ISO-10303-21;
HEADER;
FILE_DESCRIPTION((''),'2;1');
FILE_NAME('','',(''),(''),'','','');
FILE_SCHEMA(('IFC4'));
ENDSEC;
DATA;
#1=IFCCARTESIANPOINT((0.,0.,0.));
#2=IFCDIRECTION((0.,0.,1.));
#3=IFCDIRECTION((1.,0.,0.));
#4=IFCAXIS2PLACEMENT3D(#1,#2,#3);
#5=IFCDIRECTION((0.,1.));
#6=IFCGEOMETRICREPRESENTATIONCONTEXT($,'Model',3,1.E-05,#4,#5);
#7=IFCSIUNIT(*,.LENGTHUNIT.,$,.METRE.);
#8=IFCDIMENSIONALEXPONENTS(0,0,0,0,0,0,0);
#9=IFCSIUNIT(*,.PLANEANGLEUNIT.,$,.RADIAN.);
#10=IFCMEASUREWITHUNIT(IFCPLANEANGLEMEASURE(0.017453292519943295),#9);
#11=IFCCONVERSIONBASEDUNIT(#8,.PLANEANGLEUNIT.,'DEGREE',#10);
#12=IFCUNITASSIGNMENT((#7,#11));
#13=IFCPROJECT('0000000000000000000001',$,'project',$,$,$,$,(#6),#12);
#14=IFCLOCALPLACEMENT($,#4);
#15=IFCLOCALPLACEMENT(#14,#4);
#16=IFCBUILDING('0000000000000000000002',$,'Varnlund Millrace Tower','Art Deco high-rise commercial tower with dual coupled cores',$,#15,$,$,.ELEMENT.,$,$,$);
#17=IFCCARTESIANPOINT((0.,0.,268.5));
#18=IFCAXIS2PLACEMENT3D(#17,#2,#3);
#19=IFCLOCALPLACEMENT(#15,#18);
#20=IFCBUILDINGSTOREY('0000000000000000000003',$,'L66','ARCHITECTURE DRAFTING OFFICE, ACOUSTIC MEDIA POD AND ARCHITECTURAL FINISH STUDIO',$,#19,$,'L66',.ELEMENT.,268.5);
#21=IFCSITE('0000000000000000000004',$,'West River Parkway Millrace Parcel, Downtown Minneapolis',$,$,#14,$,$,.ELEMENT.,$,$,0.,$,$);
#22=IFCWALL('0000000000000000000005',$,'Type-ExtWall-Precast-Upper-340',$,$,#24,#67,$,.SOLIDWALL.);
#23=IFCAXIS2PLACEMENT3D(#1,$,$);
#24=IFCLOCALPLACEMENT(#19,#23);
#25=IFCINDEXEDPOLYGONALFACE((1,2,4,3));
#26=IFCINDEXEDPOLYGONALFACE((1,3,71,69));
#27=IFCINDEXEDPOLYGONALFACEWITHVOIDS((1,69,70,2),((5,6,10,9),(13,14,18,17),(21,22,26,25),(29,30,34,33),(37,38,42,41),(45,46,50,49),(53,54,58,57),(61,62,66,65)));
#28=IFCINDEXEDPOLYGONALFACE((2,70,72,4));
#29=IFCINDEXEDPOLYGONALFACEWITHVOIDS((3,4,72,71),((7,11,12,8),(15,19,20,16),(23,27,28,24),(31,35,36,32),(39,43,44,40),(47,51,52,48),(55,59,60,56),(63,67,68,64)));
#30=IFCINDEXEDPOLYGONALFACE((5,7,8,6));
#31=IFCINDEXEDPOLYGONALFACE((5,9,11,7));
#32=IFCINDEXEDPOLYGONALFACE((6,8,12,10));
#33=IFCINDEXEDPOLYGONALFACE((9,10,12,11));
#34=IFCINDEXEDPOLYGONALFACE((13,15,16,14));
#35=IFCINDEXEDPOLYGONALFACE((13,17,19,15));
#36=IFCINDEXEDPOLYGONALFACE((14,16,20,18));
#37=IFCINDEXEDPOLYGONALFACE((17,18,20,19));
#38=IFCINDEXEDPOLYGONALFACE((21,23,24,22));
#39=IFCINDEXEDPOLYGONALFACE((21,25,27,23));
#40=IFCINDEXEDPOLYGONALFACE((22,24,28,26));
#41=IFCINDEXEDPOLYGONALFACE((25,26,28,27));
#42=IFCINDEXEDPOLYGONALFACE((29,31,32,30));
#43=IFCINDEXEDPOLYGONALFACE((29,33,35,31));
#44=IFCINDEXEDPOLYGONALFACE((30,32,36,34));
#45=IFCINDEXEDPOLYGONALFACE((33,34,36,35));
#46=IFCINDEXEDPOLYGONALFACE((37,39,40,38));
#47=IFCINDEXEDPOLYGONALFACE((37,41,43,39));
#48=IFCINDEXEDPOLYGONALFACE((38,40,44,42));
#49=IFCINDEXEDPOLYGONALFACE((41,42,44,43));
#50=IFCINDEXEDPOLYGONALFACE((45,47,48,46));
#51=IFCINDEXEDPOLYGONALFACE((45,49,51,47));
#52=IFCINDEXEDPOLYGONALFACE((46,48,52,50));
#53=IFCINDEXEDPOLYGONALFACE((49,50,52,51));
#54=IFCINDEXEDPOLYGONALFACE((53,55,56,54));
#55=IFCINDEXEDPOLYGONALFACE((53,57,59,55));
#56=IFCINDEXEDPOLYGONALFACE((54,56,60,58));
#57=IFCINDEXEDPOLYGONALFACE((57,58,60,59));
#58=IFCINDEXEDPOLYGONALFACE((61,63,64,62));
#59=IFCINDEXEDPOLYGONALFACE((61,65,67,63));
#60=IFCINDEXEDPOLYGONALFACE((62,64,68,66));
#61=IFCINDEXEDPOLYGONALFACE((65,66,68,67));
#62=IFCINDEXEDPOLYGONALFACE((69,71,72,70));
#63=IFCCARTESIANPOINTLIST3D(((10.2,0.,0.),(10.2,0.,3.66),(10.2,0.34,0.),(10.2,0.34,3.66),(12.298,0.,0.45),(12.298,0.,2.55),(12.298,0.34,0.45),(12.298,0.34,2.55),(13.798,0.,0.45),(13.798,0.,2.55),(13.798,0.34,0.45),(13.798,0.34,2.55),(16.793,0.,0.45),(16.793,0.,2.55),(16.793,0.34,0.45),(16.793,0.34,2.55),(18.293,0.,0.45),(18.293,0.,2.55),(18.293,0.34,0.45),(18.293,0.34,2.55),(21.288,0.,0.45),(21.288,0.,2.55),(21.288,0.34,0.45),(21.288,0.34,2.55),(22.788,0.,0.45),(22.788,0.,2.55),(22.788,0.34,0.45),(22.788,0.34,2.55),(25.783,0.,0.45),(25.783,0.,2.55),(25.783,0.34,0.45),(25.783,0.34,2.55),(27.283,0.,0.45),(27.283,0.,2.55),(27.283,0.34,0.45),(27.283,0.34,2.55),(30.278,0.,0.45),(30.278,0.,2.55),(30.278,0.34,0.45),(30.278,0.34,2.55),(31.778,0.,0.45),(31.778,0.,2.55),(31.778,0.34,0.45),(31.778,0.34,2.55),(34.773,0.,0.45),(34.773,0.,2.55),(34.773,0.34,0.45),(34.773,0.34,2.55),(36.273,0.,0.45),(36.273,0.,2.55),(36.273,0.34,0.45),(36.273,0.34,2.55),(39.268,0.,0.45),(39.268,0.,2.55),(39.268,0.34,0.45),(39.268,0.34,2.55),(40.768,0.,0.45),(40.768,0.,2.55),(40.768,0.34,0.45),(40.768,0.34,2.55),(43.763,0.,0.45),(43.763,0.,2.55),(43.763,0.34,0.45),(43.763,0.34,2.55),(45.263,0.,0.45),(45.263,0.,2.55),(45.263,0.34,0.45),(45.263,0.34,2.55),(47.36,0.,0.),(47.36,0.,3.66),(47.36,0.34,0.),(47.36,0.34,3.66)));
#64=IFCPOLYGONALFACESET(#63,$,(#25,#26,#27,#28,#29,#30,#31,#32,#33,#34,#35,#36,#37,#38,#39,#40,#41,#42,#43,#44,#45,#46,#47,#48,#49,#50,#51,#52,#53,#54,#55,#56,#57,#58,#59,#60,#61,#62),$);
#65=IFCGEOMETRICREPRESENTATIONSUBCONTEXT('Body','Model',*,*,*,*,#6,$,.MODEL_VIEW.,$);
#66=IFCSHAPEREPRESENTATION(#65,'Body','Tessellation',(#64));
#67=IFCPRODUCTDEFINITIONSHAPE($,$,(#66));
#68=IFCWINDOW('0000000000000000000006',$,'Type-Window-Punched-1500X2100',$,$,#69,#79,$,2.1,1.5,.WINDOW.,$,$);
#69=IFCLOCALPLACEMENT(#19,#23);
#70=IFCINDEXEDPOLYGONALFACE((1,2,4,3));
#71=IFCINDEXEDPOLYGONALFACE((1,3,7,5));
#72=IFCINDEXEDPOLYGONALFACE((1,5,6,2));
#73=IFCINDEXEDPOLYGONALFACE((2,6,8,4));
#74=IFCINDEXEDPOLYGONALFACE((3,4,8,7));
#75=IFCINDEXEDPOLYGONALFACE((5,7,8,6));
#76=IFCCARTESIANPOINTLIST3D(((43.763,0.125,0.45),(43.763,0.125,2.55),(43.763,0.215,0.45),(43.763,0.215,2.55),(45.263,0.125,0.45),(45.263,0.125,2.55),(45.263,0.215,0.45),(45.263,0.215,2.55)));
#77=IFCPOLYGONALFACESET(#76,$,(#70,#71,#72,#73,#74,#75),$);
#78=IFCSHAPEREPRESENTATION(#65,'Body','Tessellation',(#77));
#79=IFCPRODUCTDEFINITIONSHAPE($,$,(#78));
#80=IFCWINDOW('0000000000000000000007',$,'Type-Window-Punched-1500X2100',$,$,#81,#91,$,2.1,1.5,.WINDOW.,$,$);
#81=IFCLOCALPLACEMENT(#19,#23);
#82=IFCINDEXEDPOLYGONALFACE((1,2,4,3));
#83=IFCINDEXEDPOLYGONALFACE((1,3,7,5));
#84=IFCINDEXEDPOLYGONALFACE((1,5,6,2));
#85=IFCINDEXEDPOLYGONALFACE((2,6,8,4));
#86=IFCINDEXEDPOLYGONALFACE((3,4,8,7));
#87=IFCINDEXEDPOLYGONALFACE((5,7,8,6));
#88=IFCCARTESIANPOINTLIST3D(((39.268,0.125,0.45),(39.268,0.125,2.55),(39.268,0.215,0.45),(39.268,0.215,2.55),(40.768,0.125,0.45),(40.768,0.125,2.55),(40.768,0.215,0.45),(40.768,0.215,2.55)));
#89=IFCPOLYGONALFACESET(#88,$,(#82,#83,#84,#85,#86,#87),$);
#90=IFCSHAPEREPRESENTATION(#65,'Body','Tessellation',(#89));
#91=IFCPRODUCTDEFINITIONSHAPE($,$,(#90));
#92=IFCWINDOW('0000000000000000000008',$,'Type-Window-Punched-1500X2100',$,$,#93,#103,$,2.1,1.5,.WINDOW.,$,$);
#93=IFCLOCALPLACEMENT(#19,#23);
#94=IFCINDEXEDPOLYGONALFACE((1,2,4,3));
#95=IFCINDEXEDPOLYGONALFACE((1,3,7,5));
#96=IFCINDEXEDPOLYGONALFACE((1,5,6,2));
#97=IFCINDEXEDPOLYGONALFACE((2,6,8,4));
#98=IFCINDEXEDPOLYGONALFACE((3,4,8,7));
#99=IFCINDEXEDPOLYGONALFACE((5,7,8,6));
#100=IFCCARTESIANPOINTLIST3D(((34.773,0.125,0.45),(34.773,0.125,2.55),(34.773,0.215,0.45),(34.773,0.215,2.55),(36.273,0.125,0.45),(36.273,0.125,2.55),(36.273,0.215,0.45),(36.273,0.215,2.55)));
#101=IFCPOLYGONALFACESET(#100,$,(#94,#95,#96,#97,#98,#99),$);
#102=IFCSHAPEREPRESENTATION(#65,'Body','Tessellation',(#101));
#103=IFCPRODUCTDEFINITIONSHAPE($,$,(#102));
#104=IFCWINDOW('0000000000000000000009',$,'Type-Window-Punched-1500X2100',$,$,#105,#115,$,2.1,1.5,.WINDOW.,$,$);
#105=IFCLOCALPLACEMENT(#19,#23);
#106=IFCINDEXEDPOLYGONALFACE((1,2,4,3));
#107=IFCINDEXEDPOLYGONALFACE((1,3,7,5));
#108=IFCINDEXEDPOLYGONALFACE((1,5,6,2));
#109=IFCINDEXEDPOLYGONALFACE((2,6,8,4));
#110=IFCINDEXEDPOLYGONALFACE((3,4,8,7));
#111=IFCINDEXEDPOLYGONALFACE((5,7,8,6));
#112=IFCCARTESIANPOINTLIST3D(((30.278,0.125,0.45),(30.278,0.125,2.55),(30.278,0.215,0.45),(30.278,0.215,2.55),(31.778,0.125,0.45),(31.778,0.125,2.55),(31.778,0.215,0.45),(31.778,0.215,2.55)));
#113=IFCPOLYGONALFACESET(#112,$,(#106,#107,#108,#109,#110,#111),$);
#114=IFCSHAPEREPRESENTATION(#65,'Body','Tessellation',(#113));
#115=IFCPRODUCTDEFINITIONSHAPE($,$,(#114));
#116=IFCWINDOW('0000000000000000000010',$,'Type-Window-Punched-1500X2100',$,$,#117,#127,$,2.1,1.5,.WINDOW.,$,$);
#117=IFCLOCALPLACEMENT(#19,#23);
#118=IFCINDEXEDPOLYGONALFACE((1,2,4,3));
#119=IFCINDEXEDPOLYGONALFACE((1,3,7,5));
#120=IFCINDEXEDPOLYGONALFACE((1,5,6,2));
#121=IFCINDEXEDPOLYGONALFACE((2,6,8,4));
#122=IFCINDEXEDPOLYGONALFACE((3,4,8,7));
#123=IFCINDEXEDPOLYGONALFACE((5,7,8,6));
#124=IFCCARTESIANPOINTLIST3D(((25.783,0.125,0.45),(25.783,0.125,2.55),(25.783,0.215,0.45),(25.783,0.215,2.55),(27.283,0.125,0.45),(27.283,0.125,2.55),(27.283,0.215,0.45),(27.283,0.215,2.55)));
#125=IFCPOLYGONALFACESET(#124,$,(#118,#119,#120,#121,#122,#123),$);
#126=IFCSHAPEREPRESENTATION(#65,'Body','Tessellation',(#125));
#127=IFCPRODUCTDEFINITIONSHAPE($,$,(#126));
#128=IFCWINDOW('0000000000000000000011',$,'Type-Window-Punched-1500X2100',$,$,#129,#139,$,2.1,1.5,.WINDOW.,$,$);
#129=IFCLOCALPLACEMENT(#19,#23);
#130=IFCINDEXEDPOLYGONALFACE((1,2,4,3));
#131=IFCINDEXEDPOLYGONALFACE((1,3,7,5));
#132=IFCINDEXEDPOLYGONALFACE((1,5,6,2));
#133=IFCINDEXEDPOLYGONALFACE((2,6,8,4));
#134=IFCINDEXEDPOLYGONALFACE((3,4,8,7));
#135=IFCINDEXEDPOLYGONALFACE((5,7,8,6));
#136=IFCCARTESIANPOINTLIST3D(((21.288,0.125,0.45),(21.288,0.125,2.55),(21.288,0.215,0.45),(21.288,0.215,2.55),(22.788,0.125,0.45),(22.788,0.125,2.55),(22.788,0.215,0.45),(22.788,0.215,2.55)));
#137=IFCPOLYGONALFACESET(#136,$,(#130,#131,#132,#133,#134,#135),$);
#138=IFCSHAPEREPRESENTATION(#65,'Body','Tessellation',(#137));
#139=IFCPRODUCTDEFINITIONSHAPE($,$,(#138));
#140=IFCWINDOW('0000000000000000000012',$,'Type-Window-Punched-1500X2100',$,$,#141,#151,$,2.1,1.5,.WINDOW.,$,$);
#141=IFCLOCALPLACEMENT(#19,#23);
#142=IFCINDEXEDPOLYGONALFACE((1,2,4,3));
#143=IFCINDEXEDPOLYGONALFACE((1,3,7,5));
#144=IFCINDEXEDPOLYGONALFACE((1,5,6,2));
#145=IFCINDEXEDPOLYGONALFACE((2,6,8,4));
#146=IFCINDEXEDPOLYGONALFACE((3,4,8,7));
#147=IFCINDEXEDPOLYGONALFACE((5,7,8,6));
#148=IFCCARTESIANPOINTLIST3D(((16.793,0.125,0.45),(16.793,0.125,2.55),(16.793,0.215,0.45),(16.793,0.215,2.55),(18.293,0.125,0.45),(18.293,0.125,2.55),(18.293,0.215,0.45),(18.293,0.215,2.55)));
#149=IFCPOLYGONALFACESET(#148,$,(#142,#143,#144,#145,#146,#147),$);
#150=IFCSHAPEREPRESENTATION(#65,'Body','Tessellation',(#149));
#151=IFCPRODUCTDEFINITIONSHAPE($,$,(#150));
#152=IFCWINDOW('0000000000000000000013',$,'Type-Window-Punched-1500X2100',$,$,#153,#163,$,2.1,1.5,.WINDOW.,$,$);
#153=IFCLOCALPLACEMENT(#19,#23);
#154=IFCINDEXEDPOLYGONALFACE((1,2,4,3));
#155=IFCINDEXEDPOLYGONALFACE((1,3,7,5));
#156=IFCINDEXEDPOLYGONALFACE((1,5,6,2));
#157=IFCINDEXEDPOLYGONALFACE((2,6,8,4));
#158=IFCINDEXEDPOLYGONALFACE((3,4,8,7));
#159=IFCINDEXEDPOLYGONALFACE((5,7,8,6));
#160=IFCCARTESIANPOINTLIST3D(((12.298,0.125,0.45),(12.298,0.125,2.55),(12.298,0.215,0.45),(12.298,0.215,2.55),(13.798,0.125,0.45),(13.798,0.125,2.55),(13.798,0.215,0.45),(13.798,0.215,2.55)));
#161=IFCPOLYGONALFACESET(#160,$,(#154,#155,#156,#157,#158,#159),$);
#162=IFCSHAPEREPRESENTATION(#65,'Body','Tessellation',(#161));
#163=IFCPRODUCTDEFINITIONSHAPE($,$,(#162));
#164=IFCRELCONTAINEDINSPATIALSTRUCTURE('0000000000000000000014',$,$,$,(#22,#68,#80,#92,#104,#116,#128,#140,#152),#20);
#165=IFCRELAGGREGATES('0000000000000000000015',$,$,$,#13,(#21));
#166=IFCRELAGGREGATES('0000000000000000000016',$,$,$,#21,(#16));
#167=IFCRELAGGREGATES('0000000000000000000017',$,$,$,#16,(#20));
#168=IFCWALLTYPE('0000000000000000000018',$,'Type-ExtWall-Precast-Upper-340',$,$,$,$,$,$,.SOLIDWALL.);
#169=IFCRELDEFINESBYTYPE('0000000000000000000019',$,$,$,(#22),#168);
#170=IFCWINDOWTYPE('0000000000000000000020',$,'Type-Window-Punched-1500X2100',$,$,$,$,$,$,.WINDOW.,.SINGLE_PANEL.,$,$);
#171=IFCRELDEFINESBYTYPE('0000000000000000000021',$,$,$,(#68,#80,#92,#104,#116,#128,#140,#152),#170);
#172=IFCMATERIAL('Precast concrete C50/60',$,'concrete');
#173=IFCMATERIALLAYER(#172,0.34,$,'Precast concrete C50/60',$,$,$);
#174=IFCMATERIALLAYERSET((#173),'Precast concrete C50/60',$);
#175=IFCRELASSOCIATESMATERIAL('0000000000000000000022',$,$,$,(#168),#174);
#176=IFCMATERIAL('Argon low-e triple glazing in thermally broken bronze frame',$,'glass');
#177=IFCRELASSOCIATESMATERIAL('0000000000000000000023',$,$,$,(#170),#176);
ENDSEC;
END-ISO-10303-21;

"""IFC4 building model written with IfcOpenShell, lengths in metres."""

from ifc_helpers import new_model, entity, si_unit, converted_unit, direction, frame, origin_with_axes, origin_2d_with_axis, place, context, subcontext, project, spatial, polyline, rectangle, outline, extrude, material, layer, layer_set, type_object, element, fill, save


model = new_model("IFC4")

# Units and contexts
model_context = context("Model", 3, precision=1e-05, world=origin_with_axes(), true_north=direction((0.0, 1.0)))
body_context = subcontext(model_context, "Body", "Model", "MODEL_VIEW")
ifc_project = project(units=[si_unit("LENGTHUNIT", "METRE"), converted_unit("PLANEANGLEUNIT", "DEGREE", entity("IfcPlaneAngleMeasure", 0.017453292519943295), si_unit("PLANEANGLEUNIT", "RADIAN"), dimensions=[0, 0, 0, 0, 0, 0, 0])], contexts=[model_context])

# Site, building, storey
site_placement = place(None, origin_with_axes())
site = spatial("IfcSite", under=ifc_project, at=site_placement, Name="West River Parkway Millrace Parcel, Downtown Minneapolis", CompositionType="ELEMENT", RefElevation=0.0)
building_placement = place(site_placement, origin_with_axes())
building = spatial("IfcBuilding", under=site, at=building_placement, Name="Varnlund Millrace Tower", Description="Art Deco high-rise commercial tower with dual coupled cores", CompositionType="ELEMENT")
storey_placement = place(building_placement, frame((0.0, 0.0, 268.5), z_axis=(0.0, 0.0, 1.0), x_axis=(1.0, 0.0, 0.0)))
storey = spatial("IfcBuildingStorey", under=building, at=storey_placement, Name="L66", Description="ARCHITECTURE DRAFTING OFFICE, ACOUSTIC MEDIA POD AND ARCHITECTURAL FINISH STUDIO", LongName="L66", CompositionType="ELEMENT", Elevation=268.5)

# Shared definitions
ifc_material_1 = material(Name="Precast concrete C50/60", Category="concrete")
ifc_layer_1 = layer(ifc_material_1, 0.34, Name="Precast concrete C50/60")
ifc_layer_set_1 = layer_set([ifc_layer_1], Name="Precast concrete C50/60")
wall_type_1 = type_object("IfcWallType", Name="Type-ExtWall-Precast-Upper-340", PredefinedType="SOLIDWALL", material=ifc_layer_set_1)

# Wall, openings, windows
wall_1_placement = place(storey_placement, frame((47.36, 0.17, 0.0), z_axis=(0.0, 0.0, 1.0), x_axis=(-1.0, 0.0, 0.0)))
wall_1 = element("IfcWall", 1, at=wall_1_placement, inside=storey, type_object=wall_type_1, Name="Type-ExtWall-Precast-Upper-340", PredefinedType="SOLIDWALL", context=body_context, shape_type="SweptSolid", body=[
    extrude(outline(polyline([(0.0, -0.17), (37.16, -0.17), (37.16, 0.17), (0.0, 0.17), (0.0, -0.17)])), origin_with_axes(), (0.0, 0.0, 1.0), 3.66),
])
opening_1_placement = place(wall_1_placement, frame((2.847, 0.0, 0.45), z_axis=(0.0, 0.0, 1.0), x_axis=(1.0, 0.0, 0.0)))
opening_1 = element("IfcOpeningElement", 2, at=opening_1_placement, cuts=wall_1, PredefinedType="OPENING", context=body_context, shape_type="SweptSolid", body=[
    extrude(rectangle(XDim=1.5, YDim=0.36, at=origin_2d_with_axis()), origin_with_axes(), (0.0, 0.0, 1.0), 2.1),
])
opening_2_placement = place(wall_1_placement, frame((7.342, 0.0, 0.45), z_axis=(0.0, 0.0, 1.0), x_axis=(1.0, 0.0, 0.0)))
opening_2 = element("IfcOpeningElement", 3, at=opening_2_placement, cuts=wall_1, PredefinedType="OPENING", context=body_context, shape_type="SweptSolid", body=[
    extrude(rectangle(XDim=1.5, YDim=0.36, at=origin_2d_with_axis()), origin_with_axes(), (0.0, 0.0, 1.0), 2.1),
])
opening_3_placement = place(wall_1_placement, frame((11.837, 0.0, 0.45), z_axis=(0.0, 0.0, 1.0), x_axis=(1.0, 0.0, 0.0)))
opening_3 = element("IfcOpeningElement", 4, at=opening_3_placement, cuts=wall_1, PredefinedType="OPENING", context=body_context, shape_type="SweptSolid", body=[
    extrude(rectangle(XDim=1.5, YDim=0.36, at=origin_2d_with_axis()), origin_with_axes(), (0.0, 0.0, 1.0), 2.1),
])
opening_4_placement = place(wall_1_placement, frame((16.332, 0.0, 0.45), z_axis=(0.0, 0.0, 1.0), x_axis=(1.0, 0.0, 0.0)))
opening_4 = element("IfcOpeningElement", 5, at=opening_4_placement, cuts=wall_1, PredefinedType="OPENING", context=body_context, shape_type="SweptSolid", body=[
    extrude(rectangle(XDim=1.5, YDim=0.36, at=origin_2d_with_axis()), origin_with_axes(), (0.0, 0.0, 1.0), 2.1),
])
opening_5_placement = place(wall_1_placement, frame((20.827, 0.0, 0.45), z_axis=(0.0, 0.0, 1.0), x_axis=(1.0, 0.0, 0.0)))
opening_5 = element("IfcOpeningElement", 6, at=opening_5_placement, cuts=wall_1, PredefinedType="OPENING", context=body_context, shape_type="SweptSolid", body=[
    extrude(rectangle(XDim=1.5, YDim=0.36, at=origin_2d_with_axis()), origin_with_axes(), (0.0, 0.0, 1.0), 2.1),
])
opening_6_placement = place(wall_1_placement, frame((25.322, 0.0, 0.45), z_axis=(0.0, 0.0, 1.0), x_axis=(1.0, 0.0, 0.0)))
opening_6 = element("IfcOpeningElement", 7, at=opening_6_placement, cuts=wall_1, PredefinedType="OPENING", context=body_context, shape_type="SweptSolid", body=[
    extrude(rectangle(XDim=1.5, YDim=0.36, at=origin_2d_with_axis()), origin_with_axes(), (0.0, 0.0, 1.0), 2.1),
])
opening_7_placement = place(wall_1_placement, frame((29.817, 0.0, 0.45), z_axis=(0.0, 0.0, 1.0), x_axis=(1.0, 0.0, 0.0)))
opening_7 = element("IfcOpeningElement", 8, at=opening_7_placement, cuts=wall_1, PredefinedType="OPENING", context=body_context, shape_type="SweptSolid", body=[
    extrude(rectangle(XDim=1.5, YDim=0.36, at=origin_2d_with_axis()), origin_with_axes(), (0.0, 0.0, 1.0), 2.1),
])
opening_8_placement = place(wall_1_placement, frame((34.312, 0.0, 0.45), z_axis=(0.0, 0.0, 1.0), x_axis=(1.0, 0.0, 0.0)))
opening_8 = element("IfcOpeningElement", 9, at=opening_8_placement, cuts=wall_1, PredefinedType="OPENING", context=body_context, shape_type="SweptSolid", body=[
    extrude(rectangle(XDim=1.5, YDim=0.36, at=origin_2d_with_axis()), origin_with_axes(), (0.0, 0.0, 1.0), 2.1),
])
ifc_material_2 = material(Name="Argon low-e triple glazing in thermally broken bronze frame", Category="glass")
window_type = type_object("IfcWindowType", Name="Type-Window-Punched-1500X2100", PartitioningType="SINGLE_PANEL", PredefinedType="WINDOW", material=ifc_material_2)
window_1_placement = place(wall_1_placement, frame((2.847, 0.0, 0.45), z_axis=(0.0, 0.0, 1.0), x_axis=(1.0, 0.0, 0.0)))
window_1 = element("IfcWindow", 10, at=window_1_placement, inside=storey, type_object=window_type, Name="Type-Window-Punched-1500X2100", OverallHeight=2.1, OverallWidth=1.5, PredefinedType="WINDOW", context=body_context, shape_type="SweptSolid", body=[
    extrude(rectangle(XDim=1.5, YDim=0.09, at=origin_2d_with_axis()), origin_with_axes(), (0.0, 0.0, 1.0), 2.1),
])
fill(opening_1, window_1)
window_2_placement = place(wall_1_placement, frame((7.342, 0.0, 0.45), z_axis=(0.0, 0.0, 1.0), x_axis=(1.0, 0.0, 0.0)))
window_2 = element("IfcWindow", 11, at=window_2_placement, inside=storey, type_object=window_type, Name="Type-Window-Punched-1500X2100", OverallHeight=2.1, OverallWidth=1.5, PredefinedType="WINDOW", context=body_context, shape_type="SweptSolid", body=[
    extrude(rectangle(XDim=1.5, YDim=0.09, at=origin_2d_with_axis()), origin_with_axes(), (0.0, 0.0, 1.0), 2.1),
])
fill(opening_2, window_2)
window_3_placement = place(wall_1_placement, frame((11.837, 0.0, 0.45), z_axis=(0.0, 0.0, 1.0), x_axis=(1.0, 0.0, 0.0)))
window_3 = element("IfcWindow", 12, at=window_3_placement, inside=storey, type_object=window_type, Name="Type-Window-Punched-1500X2100", OverallHeight=2.1, OverallWidth=1.5, PredefinedType="WINDOW", context=body_context, shape_type="SweptSolid", body=[
    extrude(rectangle(XDim=1.5, YDim=0.09, at=origin_2d_with_axis()), origin_with_axes(), (0.0, 0.0, 1.0), 2.1),
])
fill(opening_3, window_3)
window_4_placement = place(wall_1_placement, frame((16.332, 0.0, 0.45), z_axis=(0.0, 0.0, 1.0), x_axis=(1.0, 0.0, 0.0)))
window_4 = element("IfcWindow", 13, at=window_4_placement, inside=storey, type_object=window_type, Name="Type-Window-Punched-1500X2100", OverallHeight=2.1, OverallWidth=1.5, PredefinedType="WINDOW", context=body_context, shape_type="SweptSolid", body=[
    extrude(rectangle(XDim=1.5, YDim=0.09, at=origin_2d_with_axis()), origin_with_axes(), (0.0, 0.0, 1.0), 2.1),
])
fill(opening_4, window_4)
window_5_placement = place(wall_1_placement, frame((20.827, 0.0, 0.45), z_axis=(0.0, 0.0, 1.0), x_axis=(1.0, 0.0, 0.0)))
window_5 = element("IfcWindow", 14, at=window_5_placement, inside=storey, type_object=window_type, Name="Type-Window-Punched-1500X2100", OverallHeight=2.1, OverallWidth=1.5, PredefinedType="WINDOW", context=body_context, shape_type="SweptSolid", body=[
    extrude(rectangle(XDim=1.5, YDim=0.09, at=origin_2d_with_axis()), origin_with_axes(), (0.0, 0.0, 1.0), 2.1),
])
fill(opening_5, window_5)
window_6_placement = place(wall_1_placement, frame((25.322, 0.0, 0.45), z_axis=(0.0, 0.0, 1.0), x_axis=(1.0, 0.0, 0.0)))
window_6 = element("IfcWindow", 15, at=window_6_placement, inside=storey, type_object=window_type, Name="Type-Window-Punched-1500X2100", OverallHeight=2.1, OverallWidth=1.5, PredefinedType="WINDOW", context=body_context, shape_type="SweptSolid", body=[
    extrude(rectangle(XDim=1.5, YDim=0.09, at=origin_2d_with_axis()), origin_with_axes(), (0.0, 0.0, 1.0), 2.1),
])
fill(opening_6, window_6)
window_7_placement = place(wall_1_placement, frame((29.817, 0.0, 0.45), z_axis=(0.0, 0.0, 1.0), x_axis=(1.0, 0.0, 0.0)))
window_7 = element("IfcWindow", 16, at=window_7_placement, inside=storey, type_object=window_type, Name="Type-Window-Punched-1500X2100", OverallHeight=2.1, OverallWidth=1.5, PredefinedType="WINDOW", context=body_context, shape_type="SweptSolid", body=[
    extrude(rectangle(XDim=1.5, YDim=0.09, at=origin_2d_with_axis()), origin_with_axes(), (0.0, 0.0, 1.0), 2.1),
])
fill(opening_7, window_7)
window_8_placement = place(wall_1_placement, frame((34.312, 0.0, 0.45), z_axis=(0.0, 0.0, 1.0), x_axis=(1.0, 0.0, 0.0)))
window_8 = element("IfcWindow", 17, at=window_8_placement, inside=storey, type_object=window_type, Name="Type-Window-Punched-1500X2100", OverallHeight=2.1, OverallWidth=1.5, PredefinedType="WINDOW", context=body_context, shape_type="SweptSolid", body=[
    extrude(rectangle(XDim=1.5, YDim=0.09, at=origin_2d_with_axis()), origin_with_axes(), (0.0, 0.0, 1.0), 2.1),
])
fill(opening_8, window_8)

save(model, "model.ifc")
